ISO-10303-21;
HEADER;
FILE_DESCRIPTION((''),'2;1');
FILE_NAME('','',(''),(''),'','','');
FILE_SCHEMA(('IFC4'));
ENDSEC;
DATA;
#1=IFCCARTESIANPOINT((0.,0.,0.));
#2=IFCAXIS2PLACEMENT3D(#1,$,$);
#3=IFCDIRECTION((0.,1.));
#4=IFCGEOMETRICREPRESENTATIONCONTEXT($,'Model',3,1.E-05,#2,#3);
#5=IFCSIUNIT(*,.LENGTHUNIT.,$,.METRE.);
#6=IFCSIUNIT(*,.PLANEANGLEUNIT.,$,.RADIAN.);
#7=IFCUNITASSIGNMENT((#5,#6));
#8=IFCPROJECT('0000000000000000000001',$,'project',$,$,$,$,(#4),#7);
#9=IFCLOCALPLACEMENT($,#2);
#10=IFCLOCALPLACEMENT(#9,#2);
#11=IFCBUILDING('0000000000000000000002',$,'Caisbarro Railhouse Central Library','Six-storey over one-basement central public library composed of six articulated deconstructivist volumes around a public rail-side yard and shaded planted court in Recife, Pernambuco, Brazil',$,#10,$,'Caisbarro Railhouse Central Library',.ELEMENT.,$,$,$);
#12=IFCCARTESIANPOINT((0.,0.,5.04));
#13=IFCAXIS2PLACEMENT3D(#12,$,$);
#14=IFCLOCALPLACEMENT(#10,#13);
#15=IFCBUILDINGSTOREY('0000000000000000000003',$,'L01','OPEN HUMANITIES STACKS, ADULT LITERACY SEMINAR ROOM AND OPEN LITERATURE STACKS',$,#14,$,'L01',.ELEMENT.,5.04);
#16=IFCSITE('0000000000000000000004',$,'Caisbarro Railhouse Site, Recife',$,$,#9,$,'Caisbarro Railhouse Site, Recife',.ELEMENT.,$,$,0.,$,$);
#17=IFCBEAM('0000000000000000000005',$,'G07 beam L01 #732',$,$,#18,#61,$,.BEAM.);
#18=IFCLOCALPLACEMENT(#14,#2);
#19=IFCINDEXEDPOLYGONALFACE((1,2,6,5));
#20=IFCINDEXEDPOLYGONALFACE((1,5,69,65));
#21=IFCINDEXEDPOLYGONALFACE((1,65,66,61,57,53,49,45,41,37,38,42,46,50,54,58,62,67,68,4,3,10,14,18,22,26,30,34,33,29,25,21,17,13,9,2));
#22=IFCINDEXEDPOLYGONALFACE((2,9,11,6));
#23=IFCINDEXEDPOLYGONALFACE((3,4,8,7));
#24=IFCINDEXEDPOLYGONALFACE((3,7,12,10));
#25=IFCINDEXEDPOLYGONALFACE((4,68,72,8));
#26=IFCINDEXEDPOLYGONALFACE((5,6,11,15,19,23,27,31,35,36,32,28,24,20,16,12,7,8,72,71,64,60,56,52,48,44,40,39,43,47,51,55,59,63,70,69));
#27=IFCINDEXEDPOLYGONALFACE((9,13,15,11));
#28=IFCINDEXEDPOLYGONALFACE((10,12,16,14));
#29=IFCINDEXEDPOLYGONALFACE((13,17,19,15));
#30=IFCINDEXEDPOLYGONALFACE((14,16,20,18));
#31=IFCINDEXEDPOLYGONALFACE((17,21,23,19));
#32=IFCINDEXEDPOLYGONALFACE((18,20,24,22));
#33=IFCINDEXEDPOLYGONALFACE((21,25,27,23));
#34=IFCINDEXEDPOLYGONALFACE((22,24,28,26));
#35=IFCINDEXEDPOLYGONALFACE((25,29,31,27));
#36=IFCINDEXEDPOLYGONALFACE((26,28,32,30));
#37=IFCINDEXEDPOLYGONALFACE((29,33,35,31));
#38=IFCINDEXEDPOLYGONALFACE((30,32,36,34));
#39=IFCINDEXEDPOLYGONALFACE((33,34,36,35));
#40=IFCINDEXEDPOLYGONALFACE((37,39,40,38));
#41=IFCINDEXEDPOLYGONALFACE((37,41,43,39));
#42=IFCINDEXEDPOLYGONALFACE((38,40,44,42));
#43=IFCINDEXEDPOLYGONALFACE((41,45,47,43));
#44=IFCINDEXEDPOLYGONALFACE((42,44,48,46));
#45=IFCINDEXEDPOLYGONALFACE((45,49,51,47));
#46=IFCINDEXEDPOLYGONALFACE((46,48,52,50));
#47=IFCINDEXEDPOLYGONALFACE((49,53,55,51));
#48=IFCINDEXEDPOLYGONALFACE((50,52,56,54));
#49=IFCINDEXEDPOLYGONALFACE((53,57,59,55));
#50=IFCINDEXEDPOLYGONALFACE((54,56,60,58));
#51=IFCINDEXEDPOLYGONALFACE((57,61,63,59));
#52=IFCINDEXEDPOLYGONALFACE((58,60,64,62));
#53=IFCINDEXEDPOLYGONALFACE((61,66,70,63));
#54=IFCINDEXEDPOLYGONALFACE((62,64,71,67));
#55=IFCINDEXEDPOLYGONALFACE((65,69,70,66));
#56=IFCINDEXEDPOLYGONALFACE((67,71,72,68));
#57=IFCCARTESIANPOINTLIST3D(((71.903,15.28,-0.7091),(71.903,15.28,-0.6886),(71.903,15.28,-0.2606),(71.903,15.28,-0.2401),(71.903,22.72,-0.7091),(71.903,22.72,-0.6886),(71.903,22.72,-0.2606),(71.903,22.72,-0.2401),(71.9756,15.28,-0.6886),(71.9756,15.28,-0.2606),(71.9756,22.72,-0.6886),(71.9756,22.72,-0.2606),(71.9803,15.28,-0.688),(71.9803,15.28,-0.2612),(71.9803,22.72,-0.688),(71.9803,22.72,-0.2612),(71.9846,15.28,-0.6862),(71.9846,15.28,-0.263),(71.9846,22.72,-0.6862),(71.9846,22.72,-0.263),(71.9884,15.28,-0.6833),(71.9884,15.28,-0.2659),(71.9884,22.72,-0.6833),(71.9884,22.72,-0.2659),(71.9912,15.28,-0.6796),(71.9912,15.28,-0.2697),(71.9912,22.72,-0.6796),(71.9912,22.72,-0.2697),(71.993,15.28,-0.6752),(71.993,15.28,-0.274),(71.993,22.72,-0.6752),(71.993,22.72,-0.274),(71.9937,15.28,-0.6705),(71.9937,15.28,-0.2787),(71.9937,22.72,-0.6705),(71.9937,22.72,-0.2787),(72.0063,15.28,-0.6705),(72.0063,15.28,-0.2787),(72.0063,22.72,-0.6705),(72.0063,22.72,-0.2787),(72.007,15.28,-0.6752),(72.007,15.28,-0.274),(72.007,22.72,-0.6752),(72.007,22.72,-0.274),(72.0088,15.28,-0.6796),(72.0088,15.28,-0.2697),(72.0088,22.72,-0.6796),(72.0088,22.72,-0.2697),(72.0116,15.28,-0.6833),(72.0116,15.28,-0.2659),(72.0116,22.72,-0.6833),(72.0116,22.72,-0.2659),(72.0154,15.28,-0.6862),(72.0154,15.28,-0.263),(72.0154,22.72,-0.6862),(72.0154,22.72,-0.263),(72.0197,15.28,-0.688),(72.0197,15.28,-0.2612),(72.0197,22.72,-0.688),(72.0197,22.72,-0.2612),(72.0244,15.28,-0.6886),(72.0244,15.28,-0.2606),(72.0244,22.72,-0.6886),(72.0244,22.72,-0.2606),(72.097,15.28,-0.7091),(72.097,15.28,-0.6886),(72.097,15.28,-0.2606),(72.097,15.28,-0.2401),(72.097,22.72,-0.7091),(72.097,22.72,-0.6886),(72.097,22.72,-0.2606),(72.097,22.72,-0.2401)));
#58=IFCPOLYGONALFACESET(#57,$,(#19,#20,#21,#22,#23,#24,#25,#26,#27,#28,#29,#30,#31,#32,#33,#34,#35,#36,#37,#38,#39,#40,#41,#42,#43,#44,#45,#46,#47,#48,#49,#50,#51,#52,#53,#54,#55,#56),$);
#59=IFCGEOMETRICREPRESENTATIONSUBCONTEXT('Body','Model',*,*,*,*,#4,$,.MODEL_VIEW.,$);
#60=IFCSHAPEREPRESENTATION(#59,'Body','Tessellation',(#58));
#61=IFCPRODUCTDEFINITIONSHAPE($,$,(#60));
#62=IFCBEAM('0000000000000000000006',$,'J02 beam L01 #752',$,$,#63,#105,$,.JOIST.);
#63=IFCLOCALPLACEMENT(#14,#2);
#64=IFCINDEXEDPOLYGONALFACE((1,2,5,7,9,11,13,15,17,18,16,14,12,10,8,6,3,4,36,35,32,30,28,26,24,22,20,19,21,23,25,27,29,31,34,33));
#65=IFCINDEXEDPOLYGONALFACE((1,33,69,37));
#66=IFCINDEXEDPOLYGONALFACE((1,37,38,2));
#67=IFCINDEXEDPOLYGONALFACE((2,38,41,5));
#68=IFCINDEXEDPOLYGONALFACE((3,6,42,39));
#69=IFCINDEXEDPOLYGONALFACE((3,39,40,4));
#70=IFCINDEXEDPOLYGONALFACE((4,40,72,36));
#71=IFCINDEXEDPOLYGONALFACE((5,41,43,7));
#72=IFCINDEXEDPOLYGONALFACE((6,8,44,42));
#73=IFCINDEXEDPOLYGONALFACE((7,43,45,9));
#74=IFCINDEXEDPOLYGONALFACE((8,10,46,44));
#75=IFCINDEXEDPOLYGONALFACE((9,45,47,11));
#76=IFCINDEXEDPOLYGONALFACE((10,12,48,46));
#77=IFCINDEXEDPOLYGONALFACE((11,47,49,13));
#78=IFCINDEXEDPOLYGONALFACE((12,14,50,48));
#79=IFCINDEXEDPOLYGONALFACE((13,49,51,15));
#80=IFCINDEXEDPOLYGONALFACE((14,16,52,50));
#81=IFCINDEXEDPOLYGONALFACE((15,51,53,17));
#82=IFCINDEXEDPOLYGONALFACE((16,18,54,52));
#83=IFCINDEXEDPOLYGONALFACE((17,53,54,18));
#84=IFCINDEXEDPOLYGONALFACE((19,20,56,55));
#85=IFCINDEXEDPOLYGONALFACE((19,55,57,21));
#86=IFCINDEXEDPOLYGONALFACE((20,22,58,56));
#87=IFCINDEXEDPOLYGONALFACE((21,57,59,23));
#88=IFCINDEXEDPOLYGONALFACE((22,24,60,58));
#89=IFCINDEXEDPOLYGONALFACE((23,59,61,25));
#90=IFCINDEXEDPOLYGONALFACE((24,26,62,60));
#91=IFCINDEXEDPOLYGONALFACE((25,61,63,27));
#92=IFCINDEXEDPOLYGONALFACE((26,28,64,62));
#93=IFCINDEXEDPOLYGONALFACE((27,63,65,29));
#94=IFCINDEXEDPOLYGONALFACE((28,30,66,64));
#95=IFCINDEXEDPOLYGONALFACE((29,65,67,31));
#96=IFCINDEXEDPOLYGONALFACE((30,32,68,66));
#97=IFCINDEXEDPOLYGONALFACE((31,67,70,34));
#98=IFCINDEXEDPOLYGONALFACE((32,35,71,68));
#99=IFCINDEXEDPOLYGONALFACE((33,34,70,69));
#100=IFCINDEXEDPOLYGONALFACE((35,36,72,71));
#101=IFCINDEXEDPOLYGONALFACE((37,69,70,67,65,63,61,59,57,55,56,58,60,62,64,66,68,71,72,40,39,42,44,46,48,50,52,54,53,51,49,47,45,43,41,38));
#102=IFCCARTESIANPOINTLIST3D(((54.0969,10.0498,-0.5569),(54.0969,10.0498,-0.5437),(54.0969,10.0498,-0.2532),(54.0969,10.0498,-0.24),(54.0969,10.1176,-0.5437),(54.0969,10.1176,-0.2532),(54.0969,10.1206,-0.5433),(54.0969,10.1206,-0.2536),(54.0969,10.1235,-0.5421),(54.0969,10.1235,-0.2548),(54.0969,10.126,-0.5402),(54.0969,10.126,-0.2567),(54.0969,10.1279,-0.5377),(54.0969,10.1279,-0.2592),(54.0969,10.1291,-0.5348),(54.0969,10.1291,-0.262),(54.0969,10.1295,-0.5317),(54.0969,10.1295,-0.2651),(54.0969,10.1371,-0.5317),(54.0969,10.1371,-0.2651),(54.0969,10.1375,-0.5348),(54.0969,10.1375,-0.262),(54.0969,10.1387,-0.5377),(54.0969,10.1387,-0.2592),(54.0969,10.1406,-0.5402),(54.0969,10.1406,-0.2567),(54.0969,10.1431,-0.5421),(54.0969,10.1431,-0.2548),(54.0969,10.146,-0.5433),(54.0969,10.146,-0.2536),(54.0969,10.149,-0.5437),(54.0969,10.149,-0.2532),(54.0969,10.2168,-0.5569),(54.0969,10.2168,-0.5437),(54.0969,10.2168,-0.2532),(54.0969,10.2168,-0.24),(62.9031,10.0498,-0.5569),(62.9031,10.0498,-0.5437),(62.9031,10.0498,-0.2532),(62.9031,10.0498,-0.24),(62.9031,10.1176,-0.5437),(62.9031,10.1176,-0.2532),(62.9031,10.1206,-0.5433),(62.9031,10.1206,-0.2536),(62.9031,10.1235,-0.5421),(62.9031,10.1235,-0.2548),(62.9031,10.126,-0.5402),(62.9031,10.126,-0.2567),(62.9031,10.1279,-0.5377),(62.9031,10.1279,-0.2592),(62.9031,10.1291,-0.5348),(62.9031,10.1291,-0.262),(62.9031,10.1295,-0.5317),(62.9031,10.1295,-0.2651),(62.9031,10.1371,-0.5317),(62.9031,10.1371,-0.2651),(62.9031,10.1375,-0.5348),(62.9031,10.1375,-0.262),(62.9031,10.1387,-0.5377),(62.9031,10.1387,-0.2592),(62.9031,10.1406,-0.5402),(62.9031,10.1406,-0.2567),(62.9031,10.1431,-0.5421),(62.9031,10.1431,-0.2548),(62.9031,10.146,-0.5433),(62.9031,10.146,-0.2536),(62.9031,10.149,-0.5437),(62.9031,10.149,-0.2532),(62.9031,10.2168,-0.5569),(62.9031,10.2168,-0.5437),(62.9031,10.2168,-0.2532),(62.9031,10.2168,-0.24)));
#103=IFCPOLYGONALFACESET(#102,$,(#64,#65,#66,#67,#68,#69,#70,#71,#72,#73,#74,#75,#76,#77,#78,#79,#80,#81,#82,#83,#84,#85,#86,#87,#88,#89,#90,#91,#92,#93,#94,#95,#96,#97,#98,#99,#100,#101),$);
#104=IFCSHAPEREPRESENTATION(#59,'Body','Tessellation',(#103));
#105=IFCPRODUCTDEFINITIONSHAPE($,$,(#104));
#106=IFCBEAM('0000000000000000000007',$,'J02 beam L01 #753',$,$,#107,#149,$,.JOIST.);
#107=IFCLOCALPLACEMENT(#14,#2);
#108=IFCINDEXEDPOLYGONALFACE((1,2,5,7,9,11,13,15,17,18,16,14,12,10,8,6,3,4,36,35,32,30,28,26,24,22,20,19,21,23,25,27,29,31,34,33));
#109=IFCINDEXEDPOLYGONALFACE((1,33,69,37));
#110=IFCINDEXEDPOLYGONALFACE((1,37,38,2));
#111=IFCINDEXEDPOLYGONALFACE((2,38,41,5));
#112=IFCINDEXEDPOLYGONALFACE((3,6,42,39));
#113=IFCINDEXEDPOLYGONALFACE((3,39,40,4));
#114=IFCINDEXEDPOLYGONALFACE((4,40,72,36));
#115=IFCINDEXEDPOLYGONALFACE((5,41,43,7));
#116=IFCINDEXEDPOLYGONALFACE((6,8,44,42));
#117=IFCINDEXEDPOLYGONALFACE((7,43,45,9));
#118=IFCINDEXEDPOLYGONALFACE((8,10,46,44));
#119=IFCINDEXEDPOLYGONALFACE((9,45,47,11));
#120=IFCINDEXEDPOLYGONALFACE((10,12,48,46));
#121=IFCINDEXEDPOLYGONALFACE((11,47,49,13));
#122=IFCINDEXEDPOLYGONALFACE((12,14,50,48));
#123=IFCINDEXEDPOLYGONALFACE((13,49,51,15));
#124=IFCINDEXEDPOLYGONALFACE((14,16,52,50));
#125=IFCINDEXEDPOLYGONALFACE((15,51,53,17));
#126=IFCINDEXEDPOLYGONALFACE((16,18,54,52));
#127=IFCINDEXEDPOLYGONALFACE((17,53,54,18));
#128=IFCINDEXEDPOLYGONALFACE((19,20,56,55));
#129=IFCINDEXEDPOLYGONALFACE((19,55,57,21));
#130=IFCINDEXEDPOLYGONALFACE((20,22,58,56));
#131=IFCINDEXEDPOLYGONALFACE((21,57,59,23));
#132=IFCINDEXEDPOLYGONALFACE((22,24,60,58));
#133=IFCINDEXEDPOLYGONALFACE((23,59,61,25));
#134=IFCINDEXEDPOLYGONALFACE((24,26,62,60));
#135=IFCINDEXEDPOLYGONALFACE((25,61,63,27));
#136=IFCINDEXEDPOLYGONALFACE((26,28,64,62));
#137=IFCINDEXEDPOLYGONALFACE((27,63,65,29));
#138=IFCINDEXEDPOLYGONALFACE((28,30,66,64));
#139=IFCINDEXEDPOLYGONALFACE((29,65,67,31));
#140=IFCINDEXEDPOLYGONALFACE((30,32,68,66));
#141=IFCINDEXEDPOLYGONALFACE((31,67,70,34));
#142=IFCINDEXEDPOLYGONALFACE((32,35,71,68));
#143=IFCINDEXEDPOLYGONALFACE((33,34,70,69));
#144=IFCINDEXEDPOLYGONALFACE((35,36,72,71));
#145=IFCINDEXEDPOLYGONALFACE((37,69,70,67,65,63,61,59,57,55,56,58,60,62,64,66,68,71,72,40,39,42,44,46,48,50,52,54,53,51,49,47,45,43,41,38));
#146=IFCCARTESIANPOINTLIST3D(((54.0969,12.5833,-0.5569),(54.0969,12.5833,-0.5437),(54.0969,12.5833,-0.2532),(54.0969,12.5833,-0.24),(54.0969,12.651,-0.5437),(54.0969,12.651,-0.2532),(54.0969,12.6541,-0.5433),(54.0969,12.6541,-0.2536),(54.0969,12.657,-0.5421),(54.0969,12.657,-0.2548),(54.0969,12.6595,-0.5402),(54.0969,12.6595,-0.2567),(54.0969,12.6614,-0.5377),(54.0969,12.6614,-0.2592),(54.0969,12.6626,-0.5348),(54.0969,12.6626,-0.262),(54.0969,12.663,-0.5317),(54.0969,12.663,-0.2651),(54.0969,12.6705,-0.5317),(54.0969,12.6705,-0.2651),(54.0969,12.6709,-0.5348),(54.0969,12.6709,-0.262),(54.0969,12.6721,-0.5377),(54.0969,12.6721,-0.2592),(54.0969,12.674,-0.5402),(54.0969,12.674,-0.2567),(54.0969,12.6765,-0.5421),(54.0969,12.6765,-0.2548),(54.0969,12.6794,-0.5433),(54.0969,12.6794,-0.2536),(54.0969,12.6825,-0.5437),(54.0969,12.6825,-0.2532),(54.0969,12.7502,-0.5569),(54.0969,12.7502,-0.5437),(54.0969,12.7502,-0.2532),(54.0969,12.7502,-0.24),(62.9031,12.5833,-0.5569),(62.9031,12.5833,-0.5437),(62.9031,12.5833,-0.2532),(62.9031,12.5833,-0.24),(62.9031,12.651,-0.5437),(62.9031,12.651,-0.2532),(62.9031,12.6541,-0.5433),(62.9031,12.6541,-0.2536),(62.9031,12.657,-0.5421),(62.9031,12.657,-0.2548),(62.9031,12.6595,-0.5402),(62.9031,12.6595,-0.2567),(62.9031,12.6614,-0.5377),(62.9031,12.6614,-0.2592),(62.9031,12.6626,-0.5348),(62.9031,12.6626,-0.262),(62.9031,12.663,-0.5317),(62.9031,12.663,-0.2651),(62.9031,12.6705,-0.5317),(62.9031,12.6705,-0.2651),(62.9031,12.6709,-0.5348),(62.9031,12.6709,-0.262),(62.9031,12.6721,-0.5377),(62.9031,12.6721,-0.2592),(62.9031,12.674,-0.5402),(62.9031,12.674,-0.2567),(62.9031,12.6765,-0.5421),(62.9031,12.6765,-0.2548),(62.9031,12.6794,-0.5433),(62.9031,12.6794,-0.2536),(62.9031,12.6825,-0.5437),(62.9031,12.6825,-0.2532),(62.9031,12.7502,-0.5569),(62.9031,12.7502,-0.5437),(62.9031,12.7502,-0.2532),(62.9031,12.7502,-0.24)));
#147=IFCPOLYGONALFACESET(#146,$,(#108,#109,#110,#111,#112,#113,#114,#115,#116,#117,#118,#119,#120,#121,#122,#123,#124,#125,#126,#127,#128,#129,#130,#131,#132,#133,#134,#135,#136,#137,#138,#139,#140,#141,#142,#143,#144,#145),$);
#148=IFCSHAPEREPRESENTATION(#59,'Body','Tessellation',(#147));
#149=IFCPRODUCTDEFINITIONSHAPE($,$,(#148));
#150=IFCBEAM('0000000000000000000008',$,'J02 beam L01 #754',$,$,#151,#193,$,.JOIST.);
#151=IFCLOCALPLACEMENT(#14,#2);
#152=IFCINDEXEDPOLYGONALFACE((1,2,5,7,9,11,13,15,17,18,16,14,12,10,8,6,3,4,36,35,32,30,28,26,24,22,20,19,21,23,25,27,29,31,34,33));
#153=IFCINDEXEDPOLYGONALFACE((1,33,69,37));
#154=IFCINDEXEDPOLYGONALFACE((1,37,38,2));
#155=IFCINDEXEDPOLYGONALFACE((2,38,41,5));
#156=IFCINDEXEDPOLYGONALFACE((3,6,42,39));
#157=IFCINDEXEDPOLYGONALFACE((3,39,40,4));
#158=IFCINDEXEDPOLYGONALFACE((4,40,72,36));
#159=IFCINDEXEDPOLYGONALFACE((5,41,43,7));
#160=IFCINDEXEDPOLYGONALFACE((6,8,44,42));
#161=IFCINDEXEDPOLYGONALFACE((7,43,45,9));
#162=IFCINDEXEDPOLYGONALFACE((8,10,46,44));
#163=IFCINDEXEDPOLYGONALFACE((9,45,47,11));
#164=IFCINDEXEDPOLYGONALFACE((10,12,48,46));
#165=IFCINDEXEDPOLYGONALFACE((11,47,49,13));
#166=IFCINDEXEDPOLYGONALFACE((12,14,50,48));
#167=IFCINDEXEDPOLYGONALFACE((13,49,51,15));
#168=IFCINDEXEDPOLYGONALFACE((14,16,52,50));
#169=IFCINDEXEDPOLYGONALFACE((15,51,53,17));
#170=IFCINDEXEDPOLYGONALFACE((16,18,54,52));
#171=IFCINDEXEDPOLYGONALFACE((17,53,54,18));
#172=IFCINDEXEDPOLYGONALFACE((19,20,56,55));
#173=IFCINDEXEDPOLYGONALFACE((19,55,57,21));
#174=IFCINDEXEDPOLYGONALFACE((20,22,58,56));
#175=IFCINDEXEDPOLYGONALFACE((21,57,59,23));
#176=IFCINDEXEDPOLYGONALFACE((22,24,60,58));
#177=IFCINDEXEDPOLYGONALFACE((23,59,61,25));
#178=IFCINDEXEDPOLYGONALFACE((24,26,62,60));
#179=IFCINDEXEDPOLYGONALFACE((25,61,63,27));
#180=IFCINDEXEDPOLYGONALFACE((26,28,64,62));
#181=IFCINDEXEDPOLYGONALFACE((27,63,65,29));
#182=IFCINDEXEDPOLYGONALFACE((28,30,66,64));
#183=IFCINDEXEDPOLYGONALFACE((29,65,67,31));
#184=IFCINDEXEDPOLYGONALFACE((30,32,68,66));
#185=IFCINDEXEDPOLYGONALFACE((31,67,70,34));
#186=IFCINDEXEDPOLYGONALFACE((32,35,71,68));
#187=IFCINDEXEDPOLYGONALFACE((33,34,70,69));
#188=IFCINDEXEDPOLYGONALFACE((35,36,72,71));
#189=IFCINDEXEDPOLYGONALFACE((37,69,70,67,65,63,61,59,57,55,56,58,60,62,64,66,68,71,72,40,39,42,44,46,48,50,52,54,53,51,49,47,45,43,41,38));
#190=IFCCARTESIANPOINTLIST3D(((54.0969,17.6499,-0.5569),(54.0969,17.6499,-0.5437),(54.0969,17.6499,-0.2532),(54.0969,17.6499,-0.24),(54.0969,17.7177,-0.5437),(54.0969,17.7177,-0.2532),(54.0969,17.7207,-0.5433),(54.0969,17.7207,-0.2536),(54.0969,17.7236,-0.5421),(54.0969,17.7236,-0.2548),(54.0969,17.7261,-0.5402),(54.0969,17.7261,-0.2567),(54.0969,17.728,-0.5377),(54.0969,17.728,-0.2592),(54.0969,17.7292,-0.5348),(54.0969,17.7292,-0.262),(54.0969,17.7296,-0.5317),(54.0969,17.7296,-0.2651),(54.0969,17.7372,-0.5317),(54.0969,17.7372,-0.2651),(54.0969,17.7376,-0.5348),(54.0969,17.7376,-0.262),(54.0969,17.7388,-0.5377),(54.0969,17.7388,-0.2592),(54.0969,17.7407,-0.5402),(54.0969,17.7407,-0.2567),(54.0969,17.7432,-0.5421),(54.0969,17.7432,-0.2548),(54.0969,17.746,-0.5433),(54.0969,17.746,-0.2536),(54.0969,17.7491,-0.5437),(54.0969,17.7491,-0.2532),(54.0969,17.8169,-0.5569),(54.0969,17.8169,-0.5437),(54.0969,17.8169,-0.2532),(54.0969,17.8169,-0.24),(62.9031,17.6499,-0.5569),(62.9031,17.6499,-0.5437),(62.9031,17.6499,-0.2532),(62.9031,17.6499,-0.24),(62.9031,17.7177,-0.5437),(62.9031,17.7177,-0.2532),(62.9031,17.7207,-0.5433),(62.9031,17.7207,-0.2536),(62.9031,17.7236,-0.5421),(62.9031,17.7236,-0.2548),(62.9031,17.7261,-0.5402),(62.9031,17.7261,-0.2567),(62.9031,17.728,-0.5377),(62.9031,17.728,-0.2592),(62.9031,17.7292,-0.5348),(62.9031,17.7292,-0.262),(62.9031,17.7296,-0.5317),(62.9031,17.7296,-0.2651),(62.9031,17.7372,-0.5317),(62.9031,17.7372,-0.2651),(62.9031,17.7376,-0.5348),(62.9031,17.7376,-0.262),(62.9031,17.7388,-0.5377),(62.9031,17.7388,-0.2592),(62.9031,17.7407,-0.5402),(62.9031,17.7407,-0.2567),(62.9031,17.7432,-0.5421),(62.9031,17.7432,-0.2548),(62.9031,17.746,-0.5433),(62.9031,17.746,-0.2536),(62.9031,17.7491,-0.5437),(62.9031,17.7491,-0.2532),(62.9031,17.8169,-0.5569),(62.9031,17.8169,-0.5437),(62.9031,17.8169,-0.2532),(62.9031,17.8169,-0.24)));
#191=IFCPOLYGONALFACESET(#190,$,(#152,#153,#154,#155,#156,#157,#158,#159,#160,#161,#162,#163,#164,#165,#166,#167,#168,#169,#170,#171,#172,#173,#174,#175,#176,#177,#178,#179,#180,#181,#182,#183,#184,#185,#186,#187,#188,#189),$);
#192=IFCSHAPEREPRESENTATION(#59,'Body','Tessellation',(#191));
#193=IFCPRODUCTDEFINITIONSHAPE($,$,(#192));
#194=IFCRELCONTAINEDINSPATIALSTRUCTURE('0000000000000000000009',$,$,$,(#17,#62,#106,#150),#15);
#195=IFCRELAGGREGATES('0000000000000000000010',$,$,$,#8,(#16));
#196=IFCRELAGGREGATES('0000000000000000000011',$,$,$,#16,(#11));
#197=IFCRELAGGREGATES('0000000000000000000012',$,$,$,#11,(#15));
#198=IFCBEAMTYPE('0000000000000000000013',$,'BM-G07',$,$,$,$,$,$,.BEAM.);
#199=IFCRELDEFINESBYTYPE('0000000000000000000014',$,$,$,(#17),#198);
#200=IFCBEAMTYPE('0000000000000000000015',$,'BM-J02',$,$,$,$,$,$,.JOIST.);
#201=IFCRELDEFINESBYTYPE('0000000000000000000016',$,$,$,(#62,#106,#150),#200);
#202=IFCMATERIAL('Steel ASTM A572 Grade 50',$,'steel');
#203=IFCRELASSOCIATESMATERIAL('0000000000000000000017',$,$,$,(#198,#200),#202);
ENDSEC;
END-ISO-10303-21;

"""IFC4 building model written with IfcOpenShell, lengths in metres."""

from ifc_helpers import new_model, si_unit, direction, frame, origin, origin_2d, place, context, subcontext, project, spatial, i_section, extrude, material, material_profile, profile_set, type_object, element, save


model = new_model("IFC4")

# Units and contexts
model_context = context("Model", 3, precision=1e-05, world=origin(), true_north=direction((0.0, 1.0)))
body_context = subcontext(model_context, "Body", "Model", "MODEL_VIEW")
ifc_project = project(units=[si_unit("LENGTHUNIT", "METRE"), si_unit("PLANEANGLEUNIT", "RADIAN")], contexts=[model_context])

# Site, building, storey
site_placement = place(None, origin())
site = spatial("IfcSite", under=ifc_project, at=site_placement, Name="Caisbarro Railhouse Site, Recife", LongName="Caisbarro Railhouse Site, Recife", CompositionType="ELEMENT", RefElevation=0.0)
building_placement = place(site_placement, origin())
building = spatial("IfcBuilding", under=site, at=building_placement, Name="Caisbarro Railhouse Central Library", Description="Six-storey over one-basement central public library composed of six articulated deconstructivist volumes around a public rail-side yard and shaded planted court in Recife, Pernambuco, Brazil", LongName="Caisbarro Railhouse Central Library", CompositionType="ELEMENT")
storey_placement = place(building_placement, frame((0.0, 0.0, 5.04)))
storey = spatial("IfcBuildingStorey", under=building, at=storey_placement, Name="L01", Description="OPEN HUMANITIES STACKS, ADULT LITERACY SEMINAR ROOM AND OPEN LITERATURE STACKS", LongName="L01", CompositionType="ELEMENT", Elevation=5.04)

# Shared definitions
ifc_material_1 = material(Name="Steel ASTM A572 Grade 50", Category="steel")

# Beams
ifc_material_profile_1 = material_profile(ifc_material_1, i_section(OverallWidth=0.1941, OverallDepth=0.469, WebThickness=0.0127, FlangeThickness=0.0205, FilletRadius=0.0181, at=origin_2d()), Name="W460X106.0")
ifc_profile_set_1 = profile_set([ifc_material_profile_1], Name="Steel ASTM A572 Grade 50")
beam_type_1 = type_object("IfcBeamType", Name="BM-G07", PredefinedType="BEAM", material=ifc_profile_set_1)
beam_1_placement = place(storey_placement, frame((72.0, 15.28, -0.4746), z_axis=(0.0, 1.0, 0.0), x_axis=(-1.0, 0.0, 0.0)))
element("IfcBeam", 1, at=beam_1_placement, inside=storey, type_object=beam_type_1, Name="G07 beam L01 #732", PredefinedType="BEAM", context=body_context, shape_type="SweptSolid", body=[
    extrude(i_section(OverallWidth=0.1941, OverallDepth=0.469, WebThickness=0.0127, FlangeThickness=0.0205, FilletRadius=0.0181, at=origin_2d()), origin(), (0.0, 0.0, 1.0), 7.4399),
])
ifc_material_profile_2 = material_profile(ifc_material_1, i_section(OverallWidth=0.167, OverallDepth=0.3169, WebThickness=0.0076, FlangeThickness=0.0132, FilletRadius=0.012, at=origin_2d()), Name="W310X52.0")
ifc_profile_set_2 = profile_set([ifc_material_profile_2], Name="Steel ASTM A572 Grade 50")
beam_type_2 = type_object("IfcBeamType", Name="BM-J02", PredefinedType="JOIST", material=ifc_profile_set_2)
for number, where, z_axis, x_axis, name in (
    (2, (54.0969, 10.1333, -0.3984), (1.0, 0.0, 0.0), (0.0, 1.0, 0.0), "J02 beam L01 #752"),
    (3, (54.0969, 12.6667, -0.3984), (1.0, 0.0, 0.0), (0.0, 1.0, 0.0), "J02 beam L01 #753"),
    (4, (54.0969, 17.7334, -0.3984), (1.0, 0.0, 0.0), (0.0, 1.0, 0.0), "J02 beam L01 #754"),
):
    element("IfcBeam", number, at=place(storey_placement, frame(where, z_axis=z_axis, x_axis=x_axis)), inside=storey, type_object=beam_type_2, Name=name, PredefinedType="JOIST", context=body_context, shape_type="SweptSolid", body=[
        extrude(i_section(OverallWidth=0.167, OverallDepth=0.3169, WebThickness=0.0076, FlangeThickness=0.0132, FilletRadius=0.012, at=origin_2d()), origin(), (0.0, 0.0, 1.0), 8.8062),
    ])

save(model, "model.ifc")
